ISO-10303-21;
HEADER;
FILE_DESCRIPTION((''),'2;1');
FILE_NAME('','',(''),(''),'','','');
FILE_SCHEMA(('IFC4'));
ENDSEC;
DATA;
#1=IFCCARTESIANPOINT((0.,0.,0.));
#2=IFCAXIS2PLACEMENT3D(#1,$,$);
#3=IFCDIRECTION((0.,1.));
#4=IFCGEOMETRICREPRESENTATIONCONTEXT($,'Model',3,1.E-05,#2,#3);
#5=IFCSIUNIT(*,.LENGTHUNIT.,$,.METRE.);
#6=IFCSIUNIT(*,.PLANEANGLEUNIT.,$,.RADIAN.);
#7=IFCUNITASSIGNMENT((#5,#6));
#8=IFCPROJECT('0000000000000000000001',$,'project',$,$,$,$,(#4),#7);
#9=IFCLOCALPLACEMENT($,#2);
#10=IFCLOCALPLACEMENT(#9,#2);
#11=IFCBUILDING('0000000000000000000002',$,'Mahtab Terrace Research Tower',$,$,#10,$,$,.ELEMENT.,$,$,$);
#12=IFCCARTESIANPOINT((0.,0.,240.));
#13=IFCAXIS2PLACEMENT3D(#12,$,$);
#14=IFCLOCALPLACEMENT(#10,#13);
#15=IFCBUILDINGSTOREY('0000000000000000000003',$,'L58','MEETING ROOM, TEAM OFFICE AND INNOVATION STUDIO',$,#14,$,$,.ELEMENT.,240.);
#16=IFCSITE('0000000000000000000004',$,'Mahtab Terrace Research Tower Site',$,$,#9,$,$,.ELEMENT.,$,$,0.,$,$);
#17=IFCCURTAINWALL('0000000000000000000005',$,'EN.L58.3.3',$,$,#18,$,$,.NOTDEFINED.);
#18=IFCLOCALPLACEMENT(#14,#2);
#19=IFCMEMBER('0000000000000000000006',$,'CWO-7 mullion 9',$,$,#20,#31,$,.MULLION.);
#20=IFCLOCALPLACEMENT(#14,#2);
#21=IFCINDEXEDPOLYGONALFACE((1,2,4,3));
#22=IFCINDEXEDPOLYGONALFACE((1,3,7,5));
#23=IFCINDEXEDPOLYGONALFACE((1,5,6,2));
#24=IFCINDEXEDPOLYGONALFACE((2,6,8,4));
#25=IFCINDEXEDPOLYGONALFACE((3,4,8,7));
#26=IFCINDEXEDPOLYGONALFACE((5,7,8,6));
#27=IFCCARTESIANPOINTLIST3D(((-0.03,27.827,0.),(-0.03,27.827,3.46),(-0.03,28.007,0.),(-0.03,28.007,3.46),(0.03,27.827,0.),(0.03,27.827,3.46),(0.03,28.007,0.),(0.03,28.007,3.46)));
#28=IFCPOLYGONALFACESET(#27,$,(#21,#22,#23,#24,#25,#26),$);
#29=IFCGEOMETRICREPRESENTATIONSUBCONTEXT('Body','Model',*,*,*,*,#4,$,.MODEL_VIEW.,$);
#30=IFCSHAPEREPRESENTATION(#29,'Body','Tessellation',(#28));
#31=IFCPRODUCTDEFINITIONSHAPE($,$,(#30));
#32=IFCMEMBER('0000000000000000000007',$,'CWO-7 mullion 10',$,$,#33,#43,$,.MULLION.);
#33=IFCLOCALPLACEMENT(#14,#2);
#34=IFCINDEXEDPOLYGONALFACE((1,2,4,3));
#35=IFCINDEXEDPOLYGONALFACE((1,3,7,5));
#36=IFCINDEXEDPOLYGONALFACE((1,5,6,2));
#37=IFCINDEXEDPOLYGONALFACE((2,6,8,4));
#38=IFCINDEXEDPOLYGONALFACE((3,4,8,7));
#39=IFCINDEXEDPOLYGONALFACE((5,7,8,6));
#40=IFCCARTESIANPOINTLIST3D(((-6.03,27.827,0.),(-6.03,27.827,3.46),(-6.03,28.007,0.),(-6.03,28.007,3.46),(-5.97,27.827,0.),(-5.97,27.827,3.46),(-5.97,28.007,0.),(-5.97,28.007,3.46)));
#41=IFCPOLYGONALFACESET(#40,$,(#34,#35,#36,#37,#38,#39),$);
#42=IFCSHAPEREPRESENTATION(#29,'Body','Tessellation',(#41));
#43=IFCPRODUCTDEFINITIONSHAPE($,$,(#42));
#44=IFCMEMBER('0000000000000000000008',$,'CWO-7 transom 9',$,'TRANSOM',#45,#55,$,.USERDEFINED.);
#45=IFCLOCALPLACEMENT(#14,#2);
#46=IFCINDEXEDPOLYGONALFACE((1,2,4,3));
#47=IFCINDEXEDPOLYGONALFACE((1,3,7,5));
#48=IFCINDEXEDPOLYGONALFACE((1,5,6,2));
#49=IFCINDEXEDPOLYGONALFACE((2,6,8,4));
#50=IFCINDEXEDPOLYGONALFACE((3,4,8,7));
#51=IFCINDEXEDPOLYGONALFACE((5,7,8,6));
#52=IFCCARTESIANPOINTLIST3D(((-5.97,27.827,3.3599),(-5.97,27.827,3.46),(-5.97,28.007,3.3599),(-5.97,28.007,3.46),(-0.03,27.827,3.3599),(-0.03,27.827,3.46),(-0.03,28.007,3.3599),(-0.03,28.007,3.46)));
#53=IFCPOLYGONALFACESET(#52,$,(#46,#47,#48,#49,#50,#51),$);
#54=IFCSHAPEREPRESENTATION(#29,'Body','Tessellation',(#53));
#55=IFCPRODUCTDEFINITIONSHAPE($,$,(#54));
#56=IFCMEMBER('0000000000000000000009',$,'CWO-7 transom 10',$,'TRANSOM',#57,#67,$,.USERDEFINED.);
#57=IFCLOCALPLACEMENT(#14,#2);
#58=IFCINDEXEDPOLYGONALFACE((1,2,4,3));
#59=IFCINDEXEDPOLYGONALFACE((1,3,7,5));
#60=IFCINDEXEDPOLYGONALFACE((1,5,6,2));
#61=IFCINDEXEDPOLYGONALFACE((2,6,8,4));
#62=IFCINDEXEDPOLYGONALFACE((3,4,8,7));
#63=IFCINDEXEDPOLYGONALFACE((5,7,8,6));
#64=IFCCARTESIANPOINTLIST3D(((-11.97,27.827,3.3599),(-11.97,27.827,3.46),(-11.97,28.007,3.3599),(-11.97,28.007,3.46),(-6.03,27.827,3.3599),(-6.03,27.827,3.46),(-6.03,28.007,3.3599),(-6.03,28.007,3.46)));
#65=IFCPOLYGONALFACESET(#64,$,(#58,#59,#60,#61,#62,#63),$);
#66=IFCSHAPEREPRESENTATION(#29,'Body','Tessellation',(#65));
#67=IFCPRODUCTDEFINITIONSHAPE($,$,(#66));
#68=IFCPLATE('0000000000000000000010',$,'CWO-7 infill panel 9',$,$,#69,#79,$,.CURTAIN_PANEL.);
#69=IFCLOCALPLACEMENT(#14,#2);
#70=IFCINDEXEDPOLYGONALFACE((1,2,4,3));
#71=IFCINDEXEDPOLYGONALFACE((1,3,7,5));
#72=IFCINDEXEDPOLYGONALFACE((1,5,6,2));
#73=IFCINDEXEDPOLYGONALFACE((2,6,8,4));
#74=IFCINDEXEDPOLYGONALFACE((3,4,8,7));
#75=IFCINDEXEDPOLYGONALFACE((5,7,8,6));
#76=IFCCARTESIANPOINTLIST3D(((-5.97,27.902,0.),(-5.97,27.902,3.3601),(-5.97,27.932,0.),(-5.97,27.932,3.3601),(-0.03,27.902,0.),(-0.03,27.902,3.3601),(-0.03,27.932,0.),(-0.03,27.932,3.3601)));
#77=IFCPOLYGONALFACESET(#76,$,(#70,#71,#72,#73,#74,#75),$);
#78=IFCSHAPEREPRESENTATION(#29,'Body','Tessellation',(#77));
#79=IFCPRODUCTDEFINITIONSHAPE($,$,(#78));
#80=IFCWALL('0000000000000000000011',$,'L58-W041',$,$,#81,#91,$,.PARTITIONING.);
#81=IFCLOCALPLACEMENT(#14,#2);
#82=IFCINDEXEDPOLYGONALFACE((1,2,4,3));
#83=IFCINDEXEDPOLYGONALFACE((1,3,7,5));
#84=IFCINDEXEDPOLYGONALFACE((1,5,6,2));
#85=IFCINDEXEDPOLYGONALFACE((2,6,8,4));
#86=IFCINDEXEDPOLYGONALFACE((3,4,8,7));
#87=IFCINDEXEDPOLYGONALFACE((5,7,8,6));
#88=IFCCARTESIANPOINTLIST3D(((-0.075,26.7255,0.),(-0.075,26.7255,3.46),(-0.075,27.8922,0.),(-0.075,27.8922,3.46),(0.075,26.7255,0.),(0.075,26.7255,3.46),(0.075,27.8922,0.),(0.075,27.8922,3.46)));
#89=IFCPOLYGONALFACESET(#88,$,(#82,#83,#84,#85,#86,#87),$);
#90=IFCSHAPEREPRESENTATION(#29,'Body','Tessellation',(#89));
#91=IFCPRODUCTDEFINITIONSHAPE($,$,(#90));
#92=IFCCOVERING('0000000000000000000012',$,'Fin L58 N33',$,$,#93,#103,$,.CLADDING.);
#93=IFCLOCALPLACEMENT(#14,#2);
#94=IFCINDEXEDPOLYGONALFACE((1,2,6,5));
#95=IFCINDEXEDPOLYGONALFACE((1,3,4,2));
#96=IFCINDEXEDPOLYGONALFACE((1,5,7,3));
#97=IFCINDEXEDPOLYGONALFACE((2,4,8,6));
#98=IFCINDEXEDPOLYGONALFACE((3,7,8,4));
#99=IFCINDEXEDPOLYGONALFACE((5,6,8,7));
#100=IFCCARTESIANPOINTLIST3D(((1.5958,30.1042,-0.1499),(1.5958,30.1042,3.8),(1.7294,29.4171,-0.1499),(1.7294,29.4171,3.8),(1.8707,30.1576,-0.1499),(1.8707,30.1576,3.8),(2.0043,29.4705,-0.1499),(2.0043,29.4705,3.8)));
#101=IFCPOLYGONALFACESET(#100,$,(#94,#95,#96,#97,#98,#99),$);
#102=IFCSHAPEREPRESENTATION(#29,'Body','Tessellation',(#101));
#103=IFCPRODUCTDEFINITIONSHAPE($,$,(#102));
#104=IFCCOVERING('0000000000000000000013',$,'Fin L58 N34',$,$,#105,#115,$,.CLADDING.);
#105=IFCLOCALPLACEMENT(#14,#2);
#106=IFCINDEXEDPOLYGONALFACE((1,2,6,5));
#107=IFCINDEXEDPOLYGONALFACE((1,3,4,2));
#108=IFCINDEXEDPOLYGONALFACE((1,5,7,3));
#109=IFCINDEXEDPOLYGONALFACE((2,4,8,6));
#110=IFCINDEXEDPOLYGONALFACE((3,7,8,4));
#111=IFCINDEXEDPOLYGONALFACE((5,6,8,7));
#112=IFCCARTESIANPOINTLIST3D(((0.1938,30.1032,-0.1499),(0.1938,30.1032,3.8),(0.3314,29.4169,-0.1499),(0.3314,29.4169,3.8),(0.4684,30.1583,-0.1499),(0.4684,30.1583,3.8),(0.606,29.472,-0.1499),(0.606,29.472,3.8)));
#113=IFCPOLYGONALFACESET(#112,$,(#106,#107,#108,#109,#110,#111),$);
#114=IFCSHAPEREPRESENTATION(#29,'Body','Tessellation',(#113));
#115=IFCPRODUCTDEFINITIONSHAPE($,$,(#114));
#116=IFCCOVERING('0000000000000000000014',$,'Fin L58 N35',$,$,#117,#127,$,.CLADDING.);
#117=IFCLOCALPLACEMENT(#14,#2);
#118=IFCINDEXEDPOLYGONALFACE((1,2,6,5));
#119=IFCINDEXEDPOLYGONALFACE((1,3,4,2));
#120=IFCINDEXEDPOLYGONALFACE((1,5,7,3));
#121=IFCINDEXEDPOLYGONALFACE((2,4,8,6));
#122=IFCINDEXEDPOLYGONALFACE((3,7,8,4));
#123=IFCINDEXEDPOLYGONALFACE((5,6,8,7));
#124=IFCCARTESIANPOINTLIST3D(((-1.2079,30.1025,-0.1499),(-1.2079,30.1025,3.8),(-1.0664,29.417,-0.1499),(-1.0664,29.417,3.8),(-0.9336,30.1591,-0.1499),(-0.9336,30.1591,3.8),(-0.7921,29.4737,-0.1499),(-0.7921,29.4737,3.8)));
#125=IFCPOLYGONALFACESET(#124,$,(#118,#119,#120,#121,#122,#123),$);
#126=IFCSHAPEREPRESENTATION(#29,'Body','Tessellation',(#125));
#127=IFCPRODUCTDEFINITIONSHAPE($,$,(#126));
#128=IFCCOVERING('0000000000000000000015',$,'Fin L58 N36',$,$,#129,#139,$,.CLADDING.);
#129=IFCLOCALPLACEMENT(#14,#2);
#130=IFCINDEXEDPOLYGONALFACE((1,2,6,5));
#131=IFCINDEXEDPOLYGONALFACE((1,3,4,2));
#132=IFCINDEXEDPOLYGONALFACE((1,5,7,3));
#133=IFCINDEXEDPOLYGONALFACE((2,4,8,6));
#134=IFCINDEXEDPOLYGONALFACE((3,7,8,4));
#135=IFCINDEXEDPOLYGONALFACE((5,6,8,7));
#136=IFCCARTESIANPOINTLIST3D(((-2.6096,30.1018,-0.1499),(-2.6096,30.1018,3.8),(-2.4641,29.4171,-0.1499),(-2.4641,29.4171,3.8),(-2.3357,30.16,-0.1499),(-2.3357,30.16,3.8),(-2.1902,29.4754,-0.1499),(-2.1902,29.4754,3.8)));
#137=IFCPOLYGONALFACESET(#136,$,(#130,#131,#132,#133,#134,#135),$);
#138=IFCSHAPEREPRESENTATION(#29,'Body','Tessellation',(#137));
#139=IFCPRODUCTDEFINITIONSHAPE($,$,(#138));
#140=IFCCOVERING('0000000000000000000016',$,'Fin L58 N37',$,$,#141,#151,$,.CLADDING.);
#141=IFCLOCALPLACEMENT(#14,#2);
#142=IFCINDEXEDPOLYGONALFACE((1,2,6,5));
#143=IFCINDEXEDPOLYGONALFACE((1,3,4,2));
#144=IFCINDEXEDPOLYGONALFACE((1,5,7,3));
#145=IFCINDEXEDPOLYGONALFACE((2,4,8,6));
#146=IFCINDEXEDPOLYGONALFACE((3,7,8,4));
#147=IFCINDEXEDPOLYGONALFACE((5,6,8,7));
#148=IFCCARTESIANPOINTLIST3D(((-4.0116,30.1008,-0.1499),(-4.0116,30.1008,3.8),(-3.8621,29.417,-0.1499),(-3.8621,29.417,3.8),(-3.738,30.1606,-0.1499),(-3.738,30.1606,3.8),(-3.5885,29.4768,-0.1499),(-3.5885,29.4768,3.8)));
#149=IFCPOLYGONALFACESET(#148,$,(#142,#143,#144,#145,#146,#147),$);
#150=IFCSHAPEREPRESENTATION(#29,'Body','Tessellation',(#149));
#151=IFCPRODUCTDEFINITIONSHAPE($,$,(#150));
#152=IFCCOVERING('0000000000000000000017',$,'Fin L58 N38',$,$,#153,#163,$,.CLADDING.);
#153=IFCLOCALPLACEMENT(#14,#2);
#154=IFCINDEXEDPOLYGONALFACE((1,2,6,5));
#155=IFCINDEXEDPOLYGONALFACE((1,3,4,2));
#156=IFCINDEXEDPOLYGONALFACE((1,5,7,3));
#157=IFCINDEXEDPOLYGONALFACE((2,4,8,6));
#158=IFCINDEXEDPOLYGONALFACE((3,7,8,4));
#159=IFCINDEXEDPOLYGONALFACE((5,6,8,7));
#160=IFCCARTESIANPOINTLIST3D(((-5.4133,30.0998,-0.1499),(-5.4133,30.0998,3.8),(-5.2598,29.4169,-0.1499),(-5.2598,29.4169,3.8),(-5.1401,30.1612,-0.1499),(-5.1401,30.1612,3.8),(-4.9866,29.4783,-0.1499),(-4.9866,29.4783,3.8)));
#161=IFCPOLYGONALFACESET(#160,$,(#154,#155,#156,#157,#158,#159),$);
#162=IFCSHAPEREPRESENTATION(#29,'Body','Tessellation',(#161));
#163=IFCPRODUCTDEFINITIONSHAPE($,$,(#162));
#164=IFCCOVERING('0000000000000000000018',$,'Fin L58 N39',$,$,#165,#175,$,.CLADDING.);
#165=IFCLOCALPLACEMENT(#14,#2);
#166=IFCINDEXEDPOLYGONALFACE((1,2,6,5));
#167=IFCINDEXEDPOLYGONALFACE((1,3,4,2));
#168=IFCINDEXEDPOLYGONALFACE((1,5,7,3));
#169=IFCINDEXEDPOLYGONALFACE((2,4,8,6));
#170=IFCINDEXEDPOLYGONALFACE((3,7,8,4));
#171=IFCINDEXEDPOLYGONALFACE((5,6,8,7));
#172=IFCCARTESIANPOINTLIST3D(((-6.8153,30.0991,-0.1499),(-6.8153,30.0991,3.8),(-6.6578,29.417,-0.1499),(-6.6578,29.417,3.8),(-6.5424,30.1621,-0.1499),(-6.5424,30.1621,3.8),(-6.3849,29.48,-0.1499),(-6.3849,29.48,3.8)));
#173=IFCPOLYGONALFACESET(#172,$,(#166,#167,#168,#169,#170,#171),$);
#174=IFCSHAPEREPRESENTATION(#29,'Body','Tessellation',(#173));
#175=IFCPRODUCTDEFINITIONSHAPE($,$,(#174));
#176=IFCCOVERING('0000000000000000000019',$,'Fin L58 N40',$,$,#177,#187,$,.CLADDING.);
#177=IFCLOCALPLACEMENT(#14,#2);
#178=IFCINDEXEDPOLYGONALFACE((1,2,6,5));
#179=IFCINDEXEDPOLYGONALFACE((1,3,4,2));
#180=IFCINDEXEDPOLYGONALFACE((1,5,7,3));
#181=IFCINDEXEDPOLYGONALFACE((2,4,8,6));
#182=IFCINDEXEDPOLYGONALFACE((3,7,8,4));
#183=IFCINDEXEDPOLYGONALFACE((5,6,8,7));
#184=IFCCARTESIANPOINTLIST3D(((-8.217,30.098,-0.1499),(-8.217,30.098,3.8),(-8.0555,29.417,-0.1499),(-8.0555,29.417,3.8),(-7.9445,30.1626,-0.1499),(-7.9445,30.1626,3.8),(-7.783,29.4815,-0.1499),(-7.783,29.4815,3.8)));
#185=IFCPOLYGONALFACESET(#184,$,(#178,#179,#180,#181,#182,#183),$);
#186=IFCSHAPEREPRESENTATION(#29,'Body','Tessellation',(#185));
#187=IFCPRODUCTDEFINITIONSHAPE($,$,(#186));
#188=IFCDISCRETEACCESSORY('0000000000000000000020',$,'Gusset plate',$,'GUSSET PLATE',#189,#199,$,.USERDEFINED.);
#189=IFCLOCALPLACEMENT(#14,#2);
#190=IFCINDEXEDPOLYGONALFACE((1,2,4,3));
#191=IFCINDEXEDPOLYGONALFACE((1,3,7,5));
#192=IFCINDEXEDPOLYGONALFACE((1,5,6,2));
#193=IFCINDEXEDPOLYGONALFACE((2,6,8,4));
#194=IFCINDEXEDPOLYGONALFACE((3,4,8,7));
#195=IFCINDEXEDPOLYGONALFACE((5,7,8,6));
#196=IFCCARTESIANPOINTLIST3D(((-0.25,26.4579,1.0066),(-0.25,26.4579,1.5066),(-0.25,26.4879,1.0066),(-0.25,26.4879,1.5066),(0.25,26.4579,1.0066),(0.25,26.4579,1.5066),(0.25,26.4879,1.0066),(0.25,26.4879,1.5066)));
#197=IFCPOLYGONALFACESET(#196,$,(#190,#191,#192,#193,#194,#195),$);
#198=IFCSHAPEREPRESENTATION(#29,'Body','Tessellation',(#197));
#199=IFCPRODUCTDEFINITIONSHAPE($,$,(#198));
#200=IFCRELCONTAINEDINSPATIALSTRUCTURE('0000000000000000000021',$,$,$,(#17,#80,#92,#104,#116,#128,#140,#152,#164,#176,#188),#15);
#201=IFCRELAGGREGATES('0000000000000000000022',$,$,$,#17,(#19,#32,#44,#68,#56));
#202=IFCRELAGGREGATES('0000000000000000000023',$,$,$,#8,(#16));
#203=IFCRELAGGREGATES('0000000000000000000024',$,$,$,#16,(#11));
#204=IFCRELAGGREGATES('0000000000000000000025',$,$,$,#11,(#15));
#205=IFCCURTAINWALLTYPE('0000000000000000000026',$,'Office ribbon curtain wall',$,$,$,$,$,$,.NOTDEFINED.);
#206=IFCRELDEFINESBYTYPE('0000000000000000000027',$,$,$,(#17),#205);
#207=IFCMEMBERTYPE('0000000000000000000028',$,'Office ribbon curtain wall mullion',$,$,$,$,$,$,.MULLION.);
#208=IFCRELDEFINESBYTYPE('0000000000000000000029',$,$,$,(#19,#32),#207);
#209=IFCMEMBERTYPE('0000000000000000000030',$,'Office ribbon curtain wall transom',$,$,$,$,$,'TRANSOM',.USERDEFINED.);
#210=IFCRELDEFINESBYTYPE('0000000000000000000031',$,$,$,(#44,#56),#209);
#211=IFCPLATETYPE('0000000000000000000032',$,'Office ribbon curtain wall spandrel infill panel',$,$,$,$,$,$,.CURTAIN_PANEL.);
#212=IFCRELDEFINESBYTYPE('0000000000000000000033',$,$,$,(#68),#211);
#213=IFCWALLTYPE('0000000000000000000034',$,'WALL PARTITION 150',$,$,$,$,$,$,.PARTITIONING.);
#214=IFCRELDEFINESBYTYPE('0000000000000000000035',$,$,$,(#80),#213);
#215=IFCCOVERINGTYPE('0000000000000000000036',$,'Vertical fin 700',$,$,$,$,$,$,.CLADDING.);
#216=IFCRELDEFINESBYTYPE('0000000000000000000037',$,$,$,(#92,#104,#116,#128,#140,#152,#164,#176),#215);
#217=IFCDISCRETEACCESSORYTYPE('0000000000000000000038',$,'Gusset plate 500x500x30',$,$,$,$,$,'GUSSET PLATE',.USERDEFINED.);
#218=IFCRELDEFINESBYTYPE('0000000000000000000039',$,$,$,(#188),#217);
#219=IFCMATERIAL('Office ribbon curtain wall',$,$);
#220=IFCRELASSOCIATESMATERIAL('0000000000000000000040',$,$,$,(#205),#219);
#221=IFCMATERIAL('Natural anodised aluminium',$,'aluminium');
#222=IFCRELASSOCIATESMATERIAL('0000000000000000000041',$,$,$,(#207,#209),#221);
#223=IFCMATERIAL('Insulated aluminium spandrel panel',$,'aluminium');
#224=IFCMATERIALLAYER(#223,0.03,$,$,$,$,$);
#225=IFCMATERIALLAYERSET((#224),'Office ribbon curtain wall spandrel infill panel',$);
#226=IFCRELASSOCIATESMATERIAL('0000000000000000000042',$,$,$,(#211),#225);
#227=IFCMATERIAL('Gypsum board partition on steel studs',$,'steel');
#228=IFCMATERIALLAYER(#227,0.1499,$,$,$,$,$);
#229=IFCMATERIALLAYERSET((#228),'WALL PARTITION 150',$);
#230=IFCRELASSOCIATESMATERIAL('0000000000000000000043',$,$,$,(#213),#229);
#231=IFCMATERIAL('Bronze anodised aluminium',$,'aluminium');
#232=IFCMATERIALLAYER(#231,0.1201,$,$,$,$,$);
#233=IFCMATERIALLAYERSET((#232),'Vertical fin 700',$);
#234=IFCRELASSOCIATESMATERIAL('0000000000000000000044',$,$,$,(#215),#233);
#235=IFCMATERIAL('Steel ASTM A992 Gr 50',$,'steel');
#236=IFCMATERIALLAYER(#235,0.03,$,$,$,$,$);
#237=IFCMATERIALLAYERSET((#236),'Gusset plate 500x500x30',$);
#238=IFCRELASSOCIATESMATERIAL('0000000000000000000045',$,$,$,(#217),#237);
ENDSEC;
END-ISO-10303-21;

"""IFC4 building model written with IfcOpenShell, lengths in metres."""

from ifc_helpers import new_model, si_unit, direction, frame, frame_2d, origin, origin_2d, place, context, subcontext, project, spatial, rectangle, extrude, material, layer, layer_set, material_profile, profile_set, type_object, element, aggregate, save


model = new_model("IFC4")

# Units and contexts
model_context = context("Model", 3, precision=1e-05, world=origin(), true_north=direction((0.0, 1.0)))
body_context = subcontext(model_context, "Body", "Model", "MODEL_VIEW")
ifc_project = project(units=[si_unit("LENGTHUNIT", "METRE"), si_unit("PLANEANGLEUNIT", "RADIAN")], contexts=[model_context])

# Site, building, storey
site_placement = place(None, origin())
site = spatial("IfcSite", under=ifc_project, at=site_placement, Name="Mahtab Terrace Research Tower Site", CompositionType="ELEMENT", RefElevation=0.0)
building_placement = place(site_placement, origin())
building = spatial("IfcBuilding", under=site, at=building_placement, Name="Mahtab Terrace Research Tower", CompositionType="ELEMENT")
storey_placement = place(building_placement, frame((0.0, 0.0, 240.0)))
storey = spatial("IfcBuildingStorey", under=building, at=storey_placement, Name="L58", Description="MEETING ROOM, TEAM OFFICE AND INNOVATION STUDIO", CompositionType="ELEMENT", Elevation=240.0)

# Curtain wall, members, plate
ifc_material_1 = material(Name="Office ribbon curtain wall")
curtain_wall_type = type_object("IfcCurtainWallType", Name="Office ribbon curtain wall", PredefinedType="NOTDEFINED", material=ifc_material_1)
curtain_wall_placement = place(storey_placement, origin())
curtain_wall = element("IfcCurtainWall", 1, at=curtain_wall_placement, inside=storey, type_object=curtain_wall_type, Name="EN.L58.3.3", PredefinedType="NOTDEFINED")
ifc_material_2 = material(Name="Natural anodised aluminium", Category="aluminium")
ifc_material_profile_1 = material_profile(ifc_material_2, rectangle(XDim=0.1799, YDim=0.0601, at=origin_2d()), Name="MULLION 60x180")
ifc_profile_set_1 = profile_set([ifc_material_profile_1], Name="Natural anodised aluminium")
member_type_1 = type_object("IfcMemberType", Name="Office ribbon curtain wall mullion", PredefinedType="MULLION", material=ifc_profile_set_1)
member_1_placement = place(storey_placement, frame((0.0, 27.917, 0.0), z_axis=(0.0, 0.0, 1.0), x_axis=(0.0, -1.0, 0.0)))
member_1 = element("IfcMember", 2, at=member_1_placement, type_object=member_type_1, Name="CWO-7 mullion 9", PredefinedType="MULLION", context=body_context, shape_type="SweptSolid", body=[
    extrude(rectangle(XDim=0.1799, YDim=0.0601, at=origin_2d()), origin(), (0.0, 0.0, 1.0), 3.46),
])
member_2_placement = place(storey_placement, frame((-6.0, 27.917, 0.0), z_axis=(0.0, 0.0, 1.0), x_axis=(0.0, -1.0, 0.0)))
member_2 = element("IfcMember", 3, at=member_2_placement, type_object=member_type_1, Name="CWO-7 mullion 10", PredefinedType="MULLION", context=body_context, shape_type="SweptSolid", body=[
    extrude(rectangle(XDim=0.1799, YDim=0.0601, at=origin_2d()), origin(), (0.0, 0.0, 1.0), 3.46),
])
ifc_material_profile_2 = material_profile(ifc_material_2, rectangle(XDim=0.1799, YDim=0.1001, at=origin_2d()), Name="TRANSOM 100x180")
ifc_profile_set_2 = profile_set([ifc_material_profile_2], Name="Natural anodised aluminium")
member_type_2 = type_object("IfcMemberType", Name="Office ribbon curtain wall transom", ElementType="TRANSOM", PredefinedType="USERDEFINED", material=ifc_profile_set_2)
member_3_placement = place(storey_placement, frame((-0.03, 27.917, 3.4099), z_axis=(-1.0, 0.0, 0.0), x_axis=(0.0, -1.0, 0.0)))
member_3 = element("IfcMember", 4, at=member_3_placement, type_object=member_type_2, Name="CWO-7 transom 9", ObjectType="TRANSOM", PredefinedType="USERDEFINED", context=body_context, shape_type="SweptSolid", body=[
    extrude(rectangle(XDim=0.1799, YDim=0.1001, at=origin_2d()), origin(), (0.0, 0.0, 1.0), 5.9399),
])
member_4_placement = place(storey_placement, frame((-6.03, 27.917, 3.4099), z_axis=(-1.0, 0.0, 0.0), x_axis=(0.0, -1.0, 0.0)))
member_4 = element("IfcMember", 5, at=member_4_placement, type_object=member_type_2, Name="CWO-7 transom 10", ObjectType="TRANSOM", PredefinedType="USERDEFINED", context=body_context, shape_type="SweptSolid", body=[
    extrude(rectangle(XDim=0.1799, YDim=0.1001, at=origin_2d()), origin(), (0.0, 0.0, 1.0), 5.9399),
])
ifc_material_3 = material(Name="Insulated aluminium spandrel panel", Category="aluminium")
ifc_layer_1 = layer(ifc_material_3, 0.03)
ifc_layer_set_1 = layer_set([ifc_layer_1], Name="Office ribbon curtain wall spandrel infill panel")
plate_type = type_object("IfcPlateType", Name="Office ribbon curtain wall spandrel infill panel", PredefinedType="CURTAIN_PANEL", material=ifc_layer_set_1)
plate_placement = place(storey_placement, frame((-3.0, 27.917, 0.0), z_axis=(0.0, 0.0, 1.0), x_axis=(-1.0, 0.0, 0.0)))
plate = element("IfcPlate", 6, at=plate_placement, type_object=plate_type, Name="CWO-7 infill panel 9", PredefinedType="CURTAIN_PANEL", context=body_context, shape_type="SweptSolid", body=[
    extrude(rectangle(XDim=5.9399, YDim=0.03, at=origin_2d()), origin(), (0.0, 0.0, 1.0), 3.3601),
])
aggregate(curtain_wall, [member_1, member_2, member_3, plate, member_4])

# Wall
ifc_material_4 = material(Name="Gypsum board partition on steel studs", Category="steel")
ifc_layer_2 = layer(ifc_material_4, 0.1499)
ifc_layer_set_2 = layer_set([ifc_layer_2], Name="WALL PARTITION 150")
wall_type = type_object("IfcWallType", Name="WALL PARTITION 150", PredefinedType="PARTITIONING", material=ifc_layer_set_2)
wall_placement = place(storey_placement, frame((0.0, 26.7253, 0.0), z_axis=(0.0, 0.0, 1.0), x_axis=(0.0, 1.0, 0.0)))
element("IfcWall", 7, at=wall_placement, inside=storey, type_object=wall_type, Name="L58-W041", PredefinedType="PARTITIONING", context=body_context, shape_type="SweptSolid", body=[
    extrude(rectangle(XDim=1.1667, YDim=0.1499, at=frame_2d((0.5835, 0.0))), origin(), (0.0, 0.0, 1.0), 3.46),
])

# Coverings
ifc_material_5 = material(Name="Bronze anodised aluminium", Category="aluminium")
ifc_layer_3 = layer(ifc_material_5, 0.1201)
ifc_layer_set_3 = layer_set([ifc_layer_3], Name="Vertical fin 700")
covering_type = type_object("IfcCoveringType", Name="Vertical fin 700", PredefinedType="CLADDING", material=ifc_layer_set_3)
for number, where, z_axis, x_axis, name in (
    (8, (1.8, 29.7874, -0.1499), (0.0, 0.0, 1.0), (-0.981627, -0.190809, 0.0), "Fin L58 N33"),
    (9, (0.3999, 29.7876, -0.1499), (0.0, 0.0, 1.0), (-0.9805, -0.196517, 0.0), "Fin L58 N34"),
    (10, (-1.0, 29.7881, -0.1499), (0.0, 0.0, 1.0), (-0.979341, -0.202218, 0.0), "Fin L58 N35"),
    (11, (-2.3999, 29.7886, -0.1499), (0.0, 0.0, 1.0), (-0.978148, -0.207912, 0.0), "Fin L58 N36"),
    (12, (-3.8, 29.7888, -0.1499), (0.0, 0.0, 1.0), (-0.976921, -0.213599, 0.0), "Fin L58 N37"),
    (13, (-5.2, 29.7891, -0.1499), (0.0, 0.0, 1.0), (-0.975662, -0.219279, 0.0), "Fin L58 N38"),
    (14, (-6.6001, 29.7896, -0.1499), (0.0, 0.0, 1.0), (-0.97437, -0.224951, 0.0), "Fin L58 N39"),
    (15, (-8.0, 29.7898, -0.1499), (0.0, 0.0, 1.0), (-0.973045, -0.230616, 0.0), "Fin L58 N40"),
):
    element("IfcCovering", number, at=place(storey_placement, frame(where, z_axis=z_axis, x_axis=x_axis)), inside=storey, type_object=covering_type, Name=name, PredefinedType="CLADDING", context=body_context, shape_type="SweptSolid", body=[
        extrude(rectangle(XDim=0.28, YDim=0.7, at=origin_2d()), origin(), (0.0, 0.0, 1.0), 3.95),
    ])

# Discrete accessory
ifc_material_6 = material(Name="Steel ASTM A992 Gr 50", Category="steel")
ifc_layer_4 = layer(ifc_material_6, 0.03)
ifc_layer_set_4 = layer_set([ifc_layer_4], Name="Gusset plate 500x500x30")
discrete_accessory_type = type_object("IfcDiscreteAccessoryType", Name="Gusset plate 500x500x30", ElementType="GUSSET PLATE", PredefinedType="USERDEFINED", material=ifc_layer_set_4)
discrete_accessory_placement = place(storey_placement, frame((0.0, 26.4729, 1.0066), z_axis=(0.0, 0.0, 1.0), x_axis=(1.0, 0.0, 0.0)))
element("IfcDiscreteAccessory", 16, at=discrete_accessory_placement, inside=storey, type_object=discrete_accessory_type, Name="Gusset plate", ObjectType="GUSSET PLATE", PredefinedType="USERDEFINED", context=body_context, shape_type="SweptSolid", body=[
    extrude(rectangle(XDim=0.5, YDim=0.03, at=origin_2d()), origin(), (0.0, 0.0, 1.0), 0.5),
])

save(model, "model.ifc")
